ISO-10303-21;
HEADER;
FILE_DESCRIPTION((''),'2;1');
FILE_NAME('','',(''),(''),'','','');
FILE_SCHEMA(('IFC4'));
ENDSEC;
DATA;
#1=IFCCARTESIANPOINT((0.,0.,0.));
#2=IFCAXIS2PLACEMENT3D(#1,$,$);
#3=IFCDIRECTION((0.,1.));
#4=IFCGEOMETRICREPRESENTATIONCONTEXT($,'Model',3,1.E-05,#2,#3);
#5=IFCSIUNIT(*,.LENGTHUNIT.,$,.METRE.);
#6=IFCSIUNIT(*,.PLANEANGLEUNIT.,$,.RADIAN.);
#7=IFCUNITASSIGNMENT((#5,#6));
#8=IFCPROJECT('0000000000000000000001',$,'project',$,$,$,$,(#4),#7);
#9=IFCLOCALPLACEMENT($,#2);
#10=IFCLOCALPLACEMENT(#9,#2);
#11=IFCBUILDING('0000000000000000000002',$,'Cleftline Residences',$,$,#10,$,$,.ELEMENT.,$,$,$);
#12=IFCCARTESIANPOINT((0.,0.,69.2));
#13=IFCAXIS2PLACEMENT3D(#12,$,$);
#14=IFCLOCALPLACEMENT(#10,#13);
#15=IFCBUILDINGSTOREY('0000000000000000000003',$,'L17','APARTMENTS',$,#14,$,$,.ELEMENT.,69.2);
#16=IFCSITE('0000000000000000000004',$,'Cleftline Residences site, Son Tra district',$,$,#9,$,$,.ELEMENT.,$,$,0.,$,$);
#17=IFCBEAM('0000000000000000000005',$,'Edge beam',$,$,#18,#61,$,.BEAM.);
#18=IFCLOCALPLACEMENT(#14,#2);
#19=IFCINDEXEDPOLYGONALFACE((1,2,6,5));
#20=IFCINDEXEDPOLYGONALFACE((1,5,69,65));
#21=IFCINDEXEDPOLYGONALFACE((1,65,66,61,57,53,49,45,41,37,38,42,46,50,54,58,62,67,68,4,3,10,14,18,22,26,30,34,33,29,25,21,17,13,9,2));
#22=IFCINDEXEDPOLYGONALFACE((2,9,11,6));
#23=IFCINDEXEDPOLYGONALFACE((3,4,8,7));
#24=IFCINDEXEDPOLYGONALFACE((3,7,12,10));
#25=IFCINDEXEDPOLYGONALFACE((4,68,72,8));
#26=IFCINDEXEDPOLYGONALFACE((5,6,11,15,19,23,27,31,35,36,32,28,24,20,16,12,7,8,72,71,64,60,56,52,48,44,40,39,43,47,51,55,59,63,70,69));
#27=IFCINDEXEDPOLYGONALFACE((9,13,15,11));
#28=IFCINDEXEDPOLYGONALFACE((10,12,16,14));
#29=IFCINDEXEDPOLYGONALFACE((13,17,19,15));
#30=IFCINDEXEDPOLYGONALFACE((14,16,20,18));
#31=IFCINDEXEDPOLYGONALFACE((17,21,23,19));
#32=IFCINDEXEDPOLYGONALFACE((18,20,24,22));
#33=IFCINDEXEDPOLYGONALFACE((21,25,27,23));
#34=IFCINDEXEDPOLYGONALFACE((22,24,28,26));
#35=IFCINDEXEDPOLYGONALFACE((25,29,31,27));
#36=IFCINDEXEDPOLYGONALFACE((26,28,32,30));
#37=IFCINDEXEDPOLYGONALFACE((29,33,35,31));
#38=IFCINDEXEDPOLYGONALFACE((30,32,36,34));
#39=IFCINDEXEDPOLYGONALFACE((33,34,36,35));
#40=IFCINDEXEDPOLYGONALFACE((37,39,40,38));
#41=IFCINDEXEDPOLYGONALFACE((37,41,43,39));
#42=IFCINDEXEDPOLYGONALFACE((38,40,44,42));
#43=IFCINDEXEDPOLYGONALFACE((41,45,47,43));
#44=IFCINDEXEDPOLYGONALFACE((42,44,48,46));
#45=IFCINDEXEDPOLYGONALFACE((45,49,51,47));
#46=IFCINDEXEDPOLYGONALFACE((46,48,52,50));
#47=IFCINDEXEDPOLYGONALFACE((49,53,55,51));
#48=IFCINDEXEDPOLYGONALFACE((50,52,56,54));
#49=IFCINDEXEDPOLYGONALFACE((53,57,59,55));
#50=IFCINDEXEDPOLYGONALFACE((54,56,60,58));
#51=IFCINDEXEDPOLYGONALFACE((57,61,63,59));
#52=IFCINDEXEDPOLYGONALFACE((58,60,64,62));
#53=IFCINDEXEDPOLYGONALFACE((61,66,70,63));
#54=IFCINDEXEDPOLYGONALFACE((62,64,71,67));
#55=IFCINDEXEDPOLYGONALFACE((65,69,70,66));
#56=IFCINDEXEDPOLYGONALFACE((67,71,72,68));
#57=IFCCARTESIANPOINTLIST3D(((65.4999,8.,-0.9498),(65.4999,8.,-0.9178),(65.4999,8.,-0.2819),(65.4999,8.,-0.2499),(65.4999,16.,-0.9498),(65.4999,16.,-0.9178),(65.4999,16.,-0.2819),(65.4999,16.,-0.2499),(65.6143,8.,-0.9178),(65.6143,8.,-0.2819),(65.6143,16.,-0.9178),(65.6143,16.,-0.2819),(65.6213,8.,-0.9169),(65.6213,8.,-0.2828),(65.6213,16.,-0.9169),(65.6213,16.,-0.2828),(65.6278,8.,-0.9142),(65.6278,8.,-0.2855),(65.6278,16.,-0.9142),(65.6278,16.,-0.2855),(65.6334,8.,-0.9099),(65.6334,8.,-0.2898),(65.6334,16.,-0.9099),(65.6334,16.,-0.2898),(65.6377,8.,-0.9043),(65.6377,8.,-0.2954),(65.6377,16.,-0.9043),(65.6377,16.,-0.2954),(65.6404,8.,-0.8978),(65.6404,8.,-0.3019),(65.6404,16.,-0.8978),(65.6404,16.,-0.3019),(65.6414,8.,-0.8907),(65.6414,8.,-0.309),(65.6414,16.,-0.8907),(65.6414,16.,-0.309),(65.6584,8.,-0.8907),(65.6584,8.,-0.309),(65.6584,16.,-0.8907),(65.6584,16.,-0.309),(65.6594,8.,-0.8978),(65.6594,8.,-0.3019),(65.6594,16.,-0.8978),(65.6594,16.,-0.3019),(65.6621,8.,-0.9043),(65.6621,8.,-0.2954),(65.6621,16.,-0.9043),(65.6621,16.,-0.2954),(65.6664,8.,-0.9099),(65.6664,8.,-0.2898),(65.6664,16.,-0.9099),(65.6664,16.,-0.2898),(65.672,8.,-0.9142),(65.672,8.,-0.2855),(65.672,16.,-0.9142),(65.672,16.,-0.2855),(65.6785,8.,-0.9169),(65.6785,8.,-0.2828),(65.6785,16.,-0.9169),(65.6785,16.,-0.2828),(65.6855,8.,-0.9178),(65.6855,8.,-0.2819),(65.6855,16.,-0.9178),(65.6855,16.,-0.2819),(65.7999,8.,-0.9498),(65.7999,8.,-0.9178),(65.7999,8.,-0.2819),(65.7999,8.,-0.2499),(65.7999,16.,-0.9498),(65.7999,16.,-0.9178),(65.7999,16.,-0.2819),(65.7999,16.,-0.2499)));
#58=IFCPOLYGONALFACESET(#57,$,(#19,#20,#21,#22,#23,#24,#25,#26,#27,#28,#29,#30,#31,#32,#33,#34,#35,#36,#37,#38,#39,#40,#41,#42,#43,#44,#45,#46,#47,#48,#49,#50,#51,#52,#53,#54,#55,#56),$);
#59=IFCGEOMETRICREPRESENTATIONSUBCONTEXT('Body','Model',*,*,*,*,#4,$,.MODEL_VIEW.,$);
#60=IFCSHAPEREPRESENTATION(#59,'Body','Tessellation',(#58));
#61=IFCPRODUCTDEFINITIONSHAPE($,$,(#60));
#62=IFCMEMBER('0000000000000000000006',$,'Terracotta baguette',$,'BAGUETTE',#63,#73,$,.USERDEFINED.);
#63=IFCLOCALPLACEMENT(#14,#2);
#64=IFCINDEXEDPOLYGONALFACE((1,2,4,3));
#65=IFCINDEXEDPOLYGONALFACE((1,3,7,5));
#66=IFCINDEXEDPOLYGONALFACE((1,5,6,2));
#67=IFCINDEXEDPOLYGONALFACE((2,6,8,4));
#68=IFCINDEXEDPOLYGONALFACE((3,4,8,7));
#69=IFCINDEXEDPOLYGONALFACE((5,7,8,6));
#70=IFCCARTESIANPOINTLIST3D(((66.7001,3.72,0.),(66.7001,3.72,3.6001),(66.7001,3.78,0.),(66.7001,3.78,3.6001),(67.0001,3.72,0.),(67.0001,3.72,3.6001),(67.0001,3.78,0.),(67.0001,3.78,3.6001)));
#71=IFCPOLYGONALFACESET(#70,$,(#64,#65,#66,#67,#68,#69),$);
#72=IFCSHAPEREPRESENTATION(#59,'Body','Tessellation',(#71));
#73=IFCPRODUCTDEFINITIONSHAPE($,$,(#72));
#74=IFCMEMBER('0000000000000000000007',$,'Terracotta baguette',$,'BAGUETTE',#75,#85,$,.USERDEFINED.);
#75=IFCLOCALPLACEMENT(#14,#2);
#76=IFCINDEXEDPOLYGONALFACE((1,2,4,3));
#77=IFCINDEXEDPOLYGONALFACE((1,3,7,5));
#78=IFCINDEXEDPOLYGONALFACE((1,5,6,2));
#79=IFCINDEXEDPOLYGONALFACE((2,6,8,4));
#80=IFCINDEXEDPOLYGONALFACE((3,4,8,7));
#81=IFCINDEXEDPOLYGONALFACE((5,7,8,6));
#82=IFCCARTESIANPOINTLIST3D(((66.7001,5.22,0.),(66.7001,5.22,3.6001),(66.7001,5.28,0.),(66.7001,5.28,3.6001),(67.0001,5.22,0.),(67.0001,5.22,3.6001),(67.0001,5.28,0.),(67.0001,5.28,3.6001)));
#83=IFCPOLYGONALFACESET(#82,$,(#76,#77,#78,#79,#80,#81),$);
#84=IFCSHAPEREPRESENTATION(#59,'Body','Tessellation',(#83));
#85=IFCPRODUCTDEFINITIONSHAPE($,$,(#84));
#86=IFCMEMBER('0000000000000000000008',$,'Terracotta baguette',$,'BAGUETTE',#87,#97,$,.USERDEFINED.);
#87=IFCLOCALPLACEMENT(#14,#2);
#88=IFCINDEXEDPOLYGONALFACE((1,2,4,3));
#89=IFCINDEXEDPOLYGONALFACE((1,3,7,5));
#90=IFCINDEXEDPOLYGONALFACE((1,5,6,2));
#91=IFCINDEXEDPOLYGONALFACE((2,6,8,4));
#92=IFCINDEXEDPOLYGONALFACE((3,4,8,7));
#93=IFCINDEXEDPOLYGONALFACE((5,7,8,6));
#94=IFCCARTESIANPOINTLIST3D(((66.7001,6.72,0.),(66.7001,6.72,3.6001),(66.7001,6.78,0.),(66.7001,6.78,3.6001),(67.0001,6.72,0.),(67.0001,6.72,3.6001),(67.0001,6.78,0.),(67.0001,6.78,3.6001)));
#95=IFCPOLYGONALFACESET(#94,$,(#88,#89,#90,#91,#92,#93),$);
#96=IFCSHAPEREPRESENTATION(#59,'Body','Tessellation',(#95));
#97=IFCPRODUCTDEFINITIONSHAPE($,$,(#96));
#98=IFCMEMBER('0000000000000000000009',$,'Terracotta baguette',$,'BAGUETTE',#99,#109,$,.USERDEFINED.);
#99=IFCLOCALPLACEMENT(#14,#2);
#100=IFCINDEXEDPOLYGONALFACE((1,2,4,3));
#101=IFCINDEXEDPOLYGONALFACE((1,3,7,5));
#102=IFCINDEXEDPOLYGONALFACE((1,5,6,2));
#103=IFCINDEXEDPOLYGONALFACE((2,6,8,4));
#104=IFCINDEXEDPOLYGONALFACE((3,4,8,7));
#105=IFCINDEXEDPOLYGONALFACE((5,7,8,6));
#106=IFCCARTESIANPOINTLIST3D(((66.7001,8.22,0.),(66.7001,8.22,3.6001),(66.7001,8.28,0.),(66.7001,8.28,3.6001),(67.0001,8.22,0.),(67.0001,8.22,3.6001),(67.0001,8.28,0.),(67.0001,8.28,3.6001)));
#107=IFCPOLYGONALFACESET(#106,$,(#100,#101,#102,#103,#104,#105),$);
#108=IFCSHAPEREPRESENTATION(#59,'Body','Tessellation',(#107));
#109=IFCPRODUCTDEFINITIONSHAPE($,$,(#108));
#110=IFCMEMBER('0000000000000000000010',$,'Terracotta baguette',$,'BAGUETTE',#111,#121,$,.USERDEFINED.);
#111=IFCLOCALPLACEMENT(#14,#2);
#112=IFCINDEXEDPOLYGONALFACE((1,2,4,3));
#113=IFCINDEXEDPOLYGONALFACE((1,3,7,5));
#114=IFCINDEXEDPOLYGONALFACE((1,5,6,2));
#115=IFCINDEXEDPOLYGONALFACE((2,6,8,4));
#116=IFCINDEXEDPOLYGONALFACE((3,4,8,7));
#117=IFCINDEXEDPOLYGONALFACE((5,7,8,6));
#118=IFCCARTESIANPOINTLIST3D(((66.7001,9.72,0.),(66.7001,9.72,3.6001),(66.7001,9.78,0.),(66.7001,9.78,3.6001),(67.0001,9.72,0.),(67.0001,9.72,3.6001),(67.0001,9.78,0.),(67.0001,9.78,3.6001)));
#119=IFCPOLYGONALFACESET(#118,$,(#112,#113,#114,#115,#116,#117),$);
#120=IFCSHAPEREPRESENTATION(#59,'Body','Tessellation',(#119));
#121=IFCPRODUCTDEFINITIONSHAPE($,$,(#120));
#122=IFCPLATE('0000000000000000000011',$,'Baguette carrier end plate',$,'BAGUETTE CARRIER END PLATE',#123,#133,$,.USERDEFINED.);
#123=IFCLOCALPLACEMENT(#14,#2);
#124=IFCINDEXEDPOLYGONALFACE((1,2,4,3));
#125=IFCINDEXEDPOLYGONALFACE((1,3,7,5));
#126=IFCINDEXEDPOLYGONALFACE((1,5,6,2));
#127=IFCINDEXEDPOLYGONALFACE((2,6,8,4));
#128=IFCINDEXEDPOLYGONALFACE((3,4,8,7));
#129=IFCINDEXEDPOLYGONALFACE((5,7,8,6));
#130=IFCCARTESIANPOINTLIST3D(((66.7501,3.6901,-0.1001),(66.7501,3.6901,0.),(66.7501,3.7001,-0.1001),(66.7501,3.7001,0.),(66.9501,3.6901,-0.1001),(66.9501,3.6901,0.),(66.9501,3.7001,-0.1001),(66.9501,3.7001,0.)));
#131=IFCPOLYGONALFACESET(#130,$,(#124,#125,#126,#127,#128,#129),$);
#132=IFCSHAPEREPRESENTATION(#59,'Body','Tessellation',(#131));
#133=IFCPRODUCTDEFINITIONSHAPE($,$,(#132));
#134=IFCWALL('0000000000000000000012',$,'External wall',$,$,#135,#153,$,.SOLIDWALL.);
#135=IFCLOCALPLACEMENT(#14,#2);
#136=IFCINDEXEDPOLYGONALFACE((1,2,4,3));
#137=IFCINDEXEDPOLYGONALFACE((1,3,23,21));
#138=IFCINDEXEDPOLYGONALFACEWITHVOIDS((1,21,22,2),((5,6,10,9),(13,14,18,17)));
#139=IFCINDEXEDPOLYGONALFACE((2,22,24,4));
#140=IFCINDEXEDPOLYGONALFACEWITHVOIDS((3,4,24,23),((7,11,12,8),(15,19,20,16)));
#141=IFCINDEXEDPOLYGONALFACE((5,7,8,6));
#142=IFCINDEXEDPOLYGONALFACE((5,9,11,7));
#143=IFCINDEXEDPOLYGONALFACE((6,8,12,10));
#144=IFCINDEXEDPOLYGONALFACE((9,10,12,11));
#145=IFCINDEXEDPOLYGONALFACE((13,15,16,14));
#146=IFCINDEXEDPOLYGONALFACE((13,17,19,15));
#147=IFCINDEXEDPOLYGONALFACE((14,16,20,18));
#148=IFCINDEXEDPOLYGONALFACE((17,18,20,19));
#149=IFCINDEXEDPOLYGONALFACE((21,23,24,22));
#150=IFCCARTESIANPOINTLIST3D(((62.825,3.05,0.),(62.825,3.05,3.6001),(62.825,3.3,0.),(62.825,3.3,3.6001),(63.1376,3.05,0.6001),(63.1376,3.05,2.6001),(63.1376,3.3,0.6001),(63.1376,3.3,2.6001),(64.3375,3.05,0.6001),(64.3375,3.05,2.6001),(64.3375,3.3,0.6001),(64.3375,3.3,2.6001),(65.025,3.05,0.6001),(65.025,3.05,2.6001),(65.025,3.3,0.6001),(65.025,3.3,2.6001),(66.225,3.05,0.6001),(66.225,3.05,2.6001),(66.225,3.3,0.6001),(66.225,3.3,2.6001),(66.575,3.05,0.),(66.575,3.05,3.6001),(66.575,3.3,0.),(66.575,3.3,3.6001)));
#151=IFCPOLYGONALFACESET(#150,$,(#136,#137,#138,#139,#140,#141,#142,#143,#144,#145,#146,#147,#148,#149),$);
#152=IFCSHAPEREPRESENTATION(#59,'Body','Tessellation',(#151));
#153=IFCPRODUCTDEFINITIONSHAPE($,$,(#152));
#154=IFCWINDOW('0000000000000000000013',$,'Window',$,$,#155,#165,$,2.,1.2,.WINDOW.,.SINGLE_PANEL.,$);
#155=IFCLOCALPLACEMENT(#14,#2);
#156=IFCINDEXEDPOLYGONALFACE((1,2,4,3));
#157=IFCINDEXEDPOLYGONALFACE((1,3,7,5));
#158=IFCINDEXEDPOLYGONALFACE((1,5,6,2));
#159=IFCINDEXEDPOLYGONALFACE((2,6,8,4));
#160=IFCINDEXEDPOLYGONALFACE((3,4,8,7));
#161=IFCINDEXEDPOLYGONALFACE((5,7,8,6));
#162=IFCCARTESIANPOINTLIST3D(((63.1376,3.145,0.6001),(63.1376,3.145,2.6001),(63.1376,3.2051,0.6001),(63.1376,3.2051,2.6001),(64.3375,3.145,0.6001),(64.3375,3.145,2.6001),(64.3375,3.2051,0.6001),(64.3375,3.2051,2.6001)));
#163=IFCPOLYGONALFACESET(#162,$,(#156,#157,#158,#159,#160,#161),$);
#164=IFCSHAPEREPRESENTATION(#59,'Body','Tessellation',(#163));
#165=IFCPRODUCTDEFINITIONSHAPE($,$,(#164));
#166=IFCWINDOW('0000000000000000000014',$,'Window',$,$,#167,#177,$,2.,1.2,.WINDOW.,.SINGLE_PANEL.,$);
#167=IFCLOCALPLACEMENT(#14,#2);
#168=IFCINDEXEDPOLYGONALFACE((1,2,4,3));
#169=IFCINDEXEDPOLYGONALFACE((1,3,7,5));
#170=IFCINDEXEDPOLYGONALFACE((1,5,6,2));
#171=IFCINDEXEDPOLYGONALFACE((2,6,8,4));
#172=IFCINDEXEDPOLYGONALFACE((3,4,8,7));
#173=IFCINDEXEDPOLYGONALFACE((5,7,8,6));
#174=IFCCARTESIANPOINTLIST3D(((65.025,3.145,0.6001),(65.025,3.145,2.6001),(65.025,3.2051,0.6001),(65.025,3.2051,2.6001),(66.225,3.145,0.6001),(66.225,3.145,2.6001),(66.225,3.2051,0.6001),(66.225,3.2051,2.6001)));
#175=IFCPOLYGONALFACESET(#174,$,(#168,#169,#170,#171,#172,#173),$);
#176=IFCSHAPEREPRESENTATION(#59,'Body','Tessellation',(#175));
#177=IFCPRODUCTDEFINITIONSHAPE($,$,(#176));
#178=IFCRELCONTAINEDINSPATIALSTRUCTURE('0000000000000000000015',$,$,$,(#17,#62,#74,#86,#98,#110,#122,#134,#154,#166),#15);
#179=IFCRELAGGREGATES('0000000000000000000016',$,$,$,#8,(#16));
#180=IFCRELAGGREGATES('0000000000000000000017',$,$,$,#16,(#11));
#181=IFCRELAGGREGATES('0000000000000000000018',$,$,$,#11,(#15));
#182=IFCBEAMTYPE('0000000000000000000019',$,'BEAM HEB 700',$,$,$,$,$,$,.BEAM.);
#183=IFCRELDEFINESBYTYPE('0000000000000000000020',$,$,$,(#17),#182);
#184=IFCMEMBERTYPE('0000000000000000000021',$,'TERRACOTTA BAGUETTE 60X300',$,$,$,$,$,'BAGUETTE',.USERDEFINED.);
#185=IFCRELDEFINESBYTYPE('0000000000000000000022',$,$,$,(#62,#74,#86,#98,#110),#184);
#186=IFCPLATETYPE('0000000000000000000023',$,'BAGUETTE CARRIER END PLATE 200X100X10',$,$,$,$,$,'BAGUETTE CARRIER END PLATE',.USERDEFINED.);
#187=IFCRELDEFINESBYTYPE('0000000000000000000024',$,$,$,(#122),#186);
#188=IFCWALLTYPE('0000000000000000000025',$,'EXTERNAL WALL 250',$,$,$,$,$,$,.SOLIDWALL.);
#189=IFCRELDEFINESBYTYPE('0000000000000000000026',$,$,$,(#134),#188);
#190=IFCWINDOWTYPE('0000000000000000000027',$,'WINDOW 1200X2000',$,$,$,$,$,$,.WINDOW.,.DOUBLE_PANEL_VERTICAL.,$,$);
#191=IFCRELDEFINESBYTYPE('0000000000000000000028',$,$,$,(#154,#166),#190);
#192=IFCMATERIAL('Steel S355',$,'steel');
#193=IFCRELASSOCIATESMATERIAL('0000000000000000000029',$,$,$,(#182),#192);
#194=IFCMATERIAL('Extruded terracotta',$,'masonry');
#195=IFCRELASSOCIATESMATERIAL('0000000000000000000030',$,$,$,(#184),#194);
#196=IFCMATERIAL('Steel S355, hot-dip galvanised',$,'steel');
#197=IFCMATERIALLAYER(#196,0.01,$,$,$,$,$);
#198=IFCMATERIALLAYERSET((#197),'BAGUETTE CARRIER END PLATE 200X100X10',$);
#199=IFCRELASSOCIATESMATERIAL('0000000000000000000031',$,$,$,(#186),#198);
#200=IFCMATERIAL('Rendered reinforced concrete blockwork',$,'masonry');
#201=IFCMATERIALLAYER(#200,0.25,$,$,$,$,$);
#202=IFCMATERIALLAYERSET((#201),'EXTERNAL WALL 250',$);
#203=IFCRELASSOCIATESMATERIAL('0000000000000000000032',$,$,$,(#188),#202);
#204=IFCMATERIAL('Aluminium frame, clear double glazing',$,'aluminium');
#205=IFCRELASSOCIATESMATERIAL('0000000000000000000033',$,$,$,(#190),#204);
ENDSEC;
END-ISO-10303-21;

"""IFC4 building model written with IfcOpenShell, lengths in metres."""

from ifc_helpers import new_model, si_unit, direction, frame, frame_2d, origin, origin_2d, place, context, subcontext, project, spatial, rectangle, i_section, extrude, material, layer, layer_set, material_profile, profile_set, type_object, element, fill, save


model = new_model("IFC4")

# Units and contexts
model_context = context("Model", 3, precision=1e-05, world=origin(), true_north=direction((0.0, 1.0)))
body_context = subcontext(model_context, "Body", "Model", "MODEL_VIEW")
ifc_project = project(units=[si_unit("LENGTHUNIT", "METRE"), si_unit("PLANEANGLEUNIT", "RADIAN")], contexts=[model_context])

# Site, building, storey
site_placement = place(None, origin())
site = spatial("IfcSite", under=ifc_project, at=site_placement, Name="Cleftline Residences site, Son Tra district", CompositionType="ELEMENT", RefElevation=0.0)
building_placement = place(site_placement, origin())
building = spatial("IfcBuilding", under=site, at=building_placement, Name="Cleftline Residences", CompositionType="ELEMENT")
storey_placement = place(building_placement, frame((0.0, 0.0, 69.2)))
storey = spatial("IfcBuildingStorey", under=building, at=storey_placement, Name="L17", Description="APARTMENTS", CompositionType="ELEMENT", Elevation=69.2)

# Beam
ifc_material_1 = material(Name="Steel S355", Category="steel")
ifc_material_profile_1 = material_profile(ifc_material_1, i_section(OverallWidth=0.3, OverallDepth=0.7, WebThickness=0.0171, FlangeThickness=0.032, FilletRadius=0.0271, at=origin_2d()))
ifc_profile_set_1 = profile_set([ifc_material_profile_1], Name="Steel S355")
beam_type = type_object("IfcBeamType", Name="BEAM HEB 700", PredefinedType="BEAM", material=ifc_profile_set_1)
beam_placement = place(storey_placement, frame((65.6499, 8.0, -0.5999), z_axis=(0.0, 1.0, 0.0), x_axis=(-1.0, 0.0, 0.0)))
element("IfcBeam", 1, at=beam_placement, inside=storey, type_object=beam_type, Name="Edge beam", PredefinedType="BEAM", context=body_context, shape_type="SweptSolid", body=[
    extrude(i_section(OverallWidth=0.3, OverallDepth=0.7, WebThickness=0.0171, FlangeThickness=0.032, FilletRadius=0.0271, at=origin_2d()), origin(), (0.0, 0.0, 1.0), 8.0),
])

# Members
ifc_material_2 = material(Name="Extruded terracotta", Category="masonry")
ifc_material_profile_2 = material_profile(ifc_material_2, rectangle(XDim=0.0601, YDim=0.3, at=origin_2d()))
ifc_profile_set_2 = profile_set([ifc_material_profile_2], Name="Extruded terracotta")
member_type_1 = type_object("IfcMemberType", Name="TERRACOTTA BAGUETTE 60X300", ElementType="BAGUETTE", PredefinedType="USERDEFINED", material=ifc_profile_set_2)
for number, where, z_axis, x_axis, name in (
    (2, (66.8501, 3.75, 0.0), (0.0, 0.0, 1.0), (0.0, 1.0, 0.0), "Terracotta baguette"),
    (3, (66.8501, 5.25, 0.0), (0.0, 0.0, 1.0), (0.0, 1.0, 0.0), "Terracotta baguette"),
    (4, (66.8501, 6.75, 0.0), (0.0, 0.0, 1.0), (0.0, 1.0, 0.0), "Terracotta baguette"),
    (5, (66.8501, 8.25, 0.0), (0.0, 0.0, 1.0), (0.0, 1.0, 0.0), "Terracotta baguette"),
    (6, (66.8501, 9.75, 0.0), (0.0, 0.0, 1.0), (0.0, 1.0, 0.0), "Terracotta baguette"),
):
    element("IfcMember", number, at=place(storey_placement, frame(where, z_axis=z_axis, x_axis=x_axis)), inside=storey, type_object=member_type_1, Name=name, ObjectType="BAGUETTE", PredefinedType="USERDEFINED", context=body_context, shape_type="SweptSolid", body=[
        extrude(rectangle(XDim=0.0601, YDim=0.3, at=origin_2d()), origin(), (0.0, 0.0, 1.0), 3.6001),
    ])

# Plate
ifc_material_3 = material(Name="Steel S355, hot-dip galvanised", Category="steel")
ifc_layer_1 = layer(ifc_material_3, 0.01)
ifc_layer_set_1 = layer_set([ifc_layer_1], Name="BAGUETTE CARRIER END PLATE 200X100X10")
plate_type = type_object("IfcPlateType", Name="BAGUETTE CARRIER END PLATE 200X100X10", ElementType="BAGUETTE CARRIER END PLATE", PredefinedType="USERDEFINED", material=ifc_layer_set_1)
plate_placement = place(storey_placement, frame((66.8501, 3.6951, -0.1001), z_axis=(0.0, 0.0, 1.0), x_axis=(1.0, 0.0, 0.0)))
element("IfcPlate", 7, at=plate_placement, inside=storey, type_object=plate_type, Name="Baguette carrier end plate", ObjectType="BAGUETTE CARRIER END PLATE", PredefinedType="USERDEFINED", context=body_context, shape_type="SweptSolid", body=[
    extrude(rectangle(XDim=0.2, YDim=0.01, at=origin_2d()), origin(), (0.0, 0.0, 1.0), 0.1001),
])

# Wall, openings, windows
ifc_material_4 = material(Name="Rendered reinforced concrete blockwork", Category="masonry")
ifc_layer_2 = layer(ifc_material_4, 0.25)
ifc_layer_set_2 = layer_set([ifc_layer_2], Name="EXTERNAL WALL 250")
wall_type_1 = type_object("IfcWallType", Name="EXTERNAL WALL 250", PredefinedType="SOLIDWALL", material=ifc_layer_set_2)
wall_1_placement = place(storey_placement, frame((62.825, 3.175, 0.0), z_axis=(0.0, 0.0, 1.0), x_axis=(1.0, 0.0, 0.0)))
wall_1 = element("IfcWall", 8, at=wall_1_placement, inside=storey, type_object=wall_type_1, Name="External wall", PredefinedType="SOLIDWALL", context=body_context, shape_type="SweptSolid", body=[
    extrude(rectangle(XDim=3.75, YDim=0.25, at=frame_2d((1.875, 0.0))), origin(), (0.0, 0.0, 1.0), 3.6001),
])
opening_1_placement = place(wall_1_placement, frame((0.3125, 0.0, 0.6001)))
opening_1 = element("IfcOpeningElement", 9, at=opening_1_placement, cuts=wall_1, PredefinedType="OPENING", context=body_context, shape_type="SweptSolid", body=[
    extrude(rectangle(XDim=1.2, YDim=2.0, at=frame_2d((0.6001, 1.0))), frame((0.0, 0.135, 0.0), z_axis=(0.0, -1.0, 0.0), x_axis=(1.0, 0.0, 0.0)), (0.0, 0.0, 1.0), 0.27),
])
opening_2_placement = place(wall_1_placement, frame((2.2, 0.0, 0.6001)))
opening_2 = element("IfcOpeningElement", 10, at=opening_2_placement, cuts=wall_1, PredefinedType="OPENING", context=body_context, shape_type="SweptSolid", body=[
    extrude(rectangle(XDim=1.2, YDim=2.0, at=frame_2d((0.6001, 1.0))), frame((0.0, 0.135, 0.0), z_axis=(0.0, -1.0, 0.0), x_axis=(1.0, 0.0, 0.0)), (0.0, 0.0, 1.0), 0.27),
])
ifc_material_5 = material(Name="Aluminium frame, clear double glazing", Category="aluminium")
window_type_1 = type_object("IfcWindowType", Name="WINDOW 1200X2000", PartitioningType="DOUBLE_PANEL_VERTICAL", PredefinedType="WINDOW", material=ifc_material_5)
window_1_placement = place(opening_1_placement, origin())
window_1 = element("IfcWindow", 11, at=window_1_placement, inside=storey, type_object=window_type_1, Name="Window", OverallHeight=2.0, OverallWidth=1.2, PartitioningType="SINGLE_PANEL", PredefinedType="WINDOW", context=body_context, shape_type="SweptSolid", body=[
    extrude(rectangle(XDim=1.2, YDim=2.0, at=frame_2d((0.6001, 1.0))), frame((0.0, 0.03, 0.0), z_axis=(0.0, -1.0, 0.0), x_axis=(1.0, 0.0, 0.0)), (0.0, 0.0, 1.0), 0.0601),
])
fill(opening_1, window_1)
window_2_placement = place(opening_2_placement, origin())
window_2 = element("IfcWindow", 12, at=window_2_placement, inside=storey, type_object=window_type_1, Name="Window", OverallHeight=2.0, OverallWidth=1.2, PartitioningType="SINGLE_PANEL", PredefinedType="WINDOW", context=body_context, shape_type="SweptSolid", body=[
    extrude(rectangle(XDim=1.2, YDim=2.0, at=frame_2d((0.6001, 1.0))), frame((0.0, 0.03, 0.0), z_axis=(0.0, -1.0, 0.0), x_axis=(1.0, 0.0, 0.0)), (0.0, 0.0, 1.0), 0.0601),
])
fill(opening_2, window_2)

save(model, "model.ifc")
